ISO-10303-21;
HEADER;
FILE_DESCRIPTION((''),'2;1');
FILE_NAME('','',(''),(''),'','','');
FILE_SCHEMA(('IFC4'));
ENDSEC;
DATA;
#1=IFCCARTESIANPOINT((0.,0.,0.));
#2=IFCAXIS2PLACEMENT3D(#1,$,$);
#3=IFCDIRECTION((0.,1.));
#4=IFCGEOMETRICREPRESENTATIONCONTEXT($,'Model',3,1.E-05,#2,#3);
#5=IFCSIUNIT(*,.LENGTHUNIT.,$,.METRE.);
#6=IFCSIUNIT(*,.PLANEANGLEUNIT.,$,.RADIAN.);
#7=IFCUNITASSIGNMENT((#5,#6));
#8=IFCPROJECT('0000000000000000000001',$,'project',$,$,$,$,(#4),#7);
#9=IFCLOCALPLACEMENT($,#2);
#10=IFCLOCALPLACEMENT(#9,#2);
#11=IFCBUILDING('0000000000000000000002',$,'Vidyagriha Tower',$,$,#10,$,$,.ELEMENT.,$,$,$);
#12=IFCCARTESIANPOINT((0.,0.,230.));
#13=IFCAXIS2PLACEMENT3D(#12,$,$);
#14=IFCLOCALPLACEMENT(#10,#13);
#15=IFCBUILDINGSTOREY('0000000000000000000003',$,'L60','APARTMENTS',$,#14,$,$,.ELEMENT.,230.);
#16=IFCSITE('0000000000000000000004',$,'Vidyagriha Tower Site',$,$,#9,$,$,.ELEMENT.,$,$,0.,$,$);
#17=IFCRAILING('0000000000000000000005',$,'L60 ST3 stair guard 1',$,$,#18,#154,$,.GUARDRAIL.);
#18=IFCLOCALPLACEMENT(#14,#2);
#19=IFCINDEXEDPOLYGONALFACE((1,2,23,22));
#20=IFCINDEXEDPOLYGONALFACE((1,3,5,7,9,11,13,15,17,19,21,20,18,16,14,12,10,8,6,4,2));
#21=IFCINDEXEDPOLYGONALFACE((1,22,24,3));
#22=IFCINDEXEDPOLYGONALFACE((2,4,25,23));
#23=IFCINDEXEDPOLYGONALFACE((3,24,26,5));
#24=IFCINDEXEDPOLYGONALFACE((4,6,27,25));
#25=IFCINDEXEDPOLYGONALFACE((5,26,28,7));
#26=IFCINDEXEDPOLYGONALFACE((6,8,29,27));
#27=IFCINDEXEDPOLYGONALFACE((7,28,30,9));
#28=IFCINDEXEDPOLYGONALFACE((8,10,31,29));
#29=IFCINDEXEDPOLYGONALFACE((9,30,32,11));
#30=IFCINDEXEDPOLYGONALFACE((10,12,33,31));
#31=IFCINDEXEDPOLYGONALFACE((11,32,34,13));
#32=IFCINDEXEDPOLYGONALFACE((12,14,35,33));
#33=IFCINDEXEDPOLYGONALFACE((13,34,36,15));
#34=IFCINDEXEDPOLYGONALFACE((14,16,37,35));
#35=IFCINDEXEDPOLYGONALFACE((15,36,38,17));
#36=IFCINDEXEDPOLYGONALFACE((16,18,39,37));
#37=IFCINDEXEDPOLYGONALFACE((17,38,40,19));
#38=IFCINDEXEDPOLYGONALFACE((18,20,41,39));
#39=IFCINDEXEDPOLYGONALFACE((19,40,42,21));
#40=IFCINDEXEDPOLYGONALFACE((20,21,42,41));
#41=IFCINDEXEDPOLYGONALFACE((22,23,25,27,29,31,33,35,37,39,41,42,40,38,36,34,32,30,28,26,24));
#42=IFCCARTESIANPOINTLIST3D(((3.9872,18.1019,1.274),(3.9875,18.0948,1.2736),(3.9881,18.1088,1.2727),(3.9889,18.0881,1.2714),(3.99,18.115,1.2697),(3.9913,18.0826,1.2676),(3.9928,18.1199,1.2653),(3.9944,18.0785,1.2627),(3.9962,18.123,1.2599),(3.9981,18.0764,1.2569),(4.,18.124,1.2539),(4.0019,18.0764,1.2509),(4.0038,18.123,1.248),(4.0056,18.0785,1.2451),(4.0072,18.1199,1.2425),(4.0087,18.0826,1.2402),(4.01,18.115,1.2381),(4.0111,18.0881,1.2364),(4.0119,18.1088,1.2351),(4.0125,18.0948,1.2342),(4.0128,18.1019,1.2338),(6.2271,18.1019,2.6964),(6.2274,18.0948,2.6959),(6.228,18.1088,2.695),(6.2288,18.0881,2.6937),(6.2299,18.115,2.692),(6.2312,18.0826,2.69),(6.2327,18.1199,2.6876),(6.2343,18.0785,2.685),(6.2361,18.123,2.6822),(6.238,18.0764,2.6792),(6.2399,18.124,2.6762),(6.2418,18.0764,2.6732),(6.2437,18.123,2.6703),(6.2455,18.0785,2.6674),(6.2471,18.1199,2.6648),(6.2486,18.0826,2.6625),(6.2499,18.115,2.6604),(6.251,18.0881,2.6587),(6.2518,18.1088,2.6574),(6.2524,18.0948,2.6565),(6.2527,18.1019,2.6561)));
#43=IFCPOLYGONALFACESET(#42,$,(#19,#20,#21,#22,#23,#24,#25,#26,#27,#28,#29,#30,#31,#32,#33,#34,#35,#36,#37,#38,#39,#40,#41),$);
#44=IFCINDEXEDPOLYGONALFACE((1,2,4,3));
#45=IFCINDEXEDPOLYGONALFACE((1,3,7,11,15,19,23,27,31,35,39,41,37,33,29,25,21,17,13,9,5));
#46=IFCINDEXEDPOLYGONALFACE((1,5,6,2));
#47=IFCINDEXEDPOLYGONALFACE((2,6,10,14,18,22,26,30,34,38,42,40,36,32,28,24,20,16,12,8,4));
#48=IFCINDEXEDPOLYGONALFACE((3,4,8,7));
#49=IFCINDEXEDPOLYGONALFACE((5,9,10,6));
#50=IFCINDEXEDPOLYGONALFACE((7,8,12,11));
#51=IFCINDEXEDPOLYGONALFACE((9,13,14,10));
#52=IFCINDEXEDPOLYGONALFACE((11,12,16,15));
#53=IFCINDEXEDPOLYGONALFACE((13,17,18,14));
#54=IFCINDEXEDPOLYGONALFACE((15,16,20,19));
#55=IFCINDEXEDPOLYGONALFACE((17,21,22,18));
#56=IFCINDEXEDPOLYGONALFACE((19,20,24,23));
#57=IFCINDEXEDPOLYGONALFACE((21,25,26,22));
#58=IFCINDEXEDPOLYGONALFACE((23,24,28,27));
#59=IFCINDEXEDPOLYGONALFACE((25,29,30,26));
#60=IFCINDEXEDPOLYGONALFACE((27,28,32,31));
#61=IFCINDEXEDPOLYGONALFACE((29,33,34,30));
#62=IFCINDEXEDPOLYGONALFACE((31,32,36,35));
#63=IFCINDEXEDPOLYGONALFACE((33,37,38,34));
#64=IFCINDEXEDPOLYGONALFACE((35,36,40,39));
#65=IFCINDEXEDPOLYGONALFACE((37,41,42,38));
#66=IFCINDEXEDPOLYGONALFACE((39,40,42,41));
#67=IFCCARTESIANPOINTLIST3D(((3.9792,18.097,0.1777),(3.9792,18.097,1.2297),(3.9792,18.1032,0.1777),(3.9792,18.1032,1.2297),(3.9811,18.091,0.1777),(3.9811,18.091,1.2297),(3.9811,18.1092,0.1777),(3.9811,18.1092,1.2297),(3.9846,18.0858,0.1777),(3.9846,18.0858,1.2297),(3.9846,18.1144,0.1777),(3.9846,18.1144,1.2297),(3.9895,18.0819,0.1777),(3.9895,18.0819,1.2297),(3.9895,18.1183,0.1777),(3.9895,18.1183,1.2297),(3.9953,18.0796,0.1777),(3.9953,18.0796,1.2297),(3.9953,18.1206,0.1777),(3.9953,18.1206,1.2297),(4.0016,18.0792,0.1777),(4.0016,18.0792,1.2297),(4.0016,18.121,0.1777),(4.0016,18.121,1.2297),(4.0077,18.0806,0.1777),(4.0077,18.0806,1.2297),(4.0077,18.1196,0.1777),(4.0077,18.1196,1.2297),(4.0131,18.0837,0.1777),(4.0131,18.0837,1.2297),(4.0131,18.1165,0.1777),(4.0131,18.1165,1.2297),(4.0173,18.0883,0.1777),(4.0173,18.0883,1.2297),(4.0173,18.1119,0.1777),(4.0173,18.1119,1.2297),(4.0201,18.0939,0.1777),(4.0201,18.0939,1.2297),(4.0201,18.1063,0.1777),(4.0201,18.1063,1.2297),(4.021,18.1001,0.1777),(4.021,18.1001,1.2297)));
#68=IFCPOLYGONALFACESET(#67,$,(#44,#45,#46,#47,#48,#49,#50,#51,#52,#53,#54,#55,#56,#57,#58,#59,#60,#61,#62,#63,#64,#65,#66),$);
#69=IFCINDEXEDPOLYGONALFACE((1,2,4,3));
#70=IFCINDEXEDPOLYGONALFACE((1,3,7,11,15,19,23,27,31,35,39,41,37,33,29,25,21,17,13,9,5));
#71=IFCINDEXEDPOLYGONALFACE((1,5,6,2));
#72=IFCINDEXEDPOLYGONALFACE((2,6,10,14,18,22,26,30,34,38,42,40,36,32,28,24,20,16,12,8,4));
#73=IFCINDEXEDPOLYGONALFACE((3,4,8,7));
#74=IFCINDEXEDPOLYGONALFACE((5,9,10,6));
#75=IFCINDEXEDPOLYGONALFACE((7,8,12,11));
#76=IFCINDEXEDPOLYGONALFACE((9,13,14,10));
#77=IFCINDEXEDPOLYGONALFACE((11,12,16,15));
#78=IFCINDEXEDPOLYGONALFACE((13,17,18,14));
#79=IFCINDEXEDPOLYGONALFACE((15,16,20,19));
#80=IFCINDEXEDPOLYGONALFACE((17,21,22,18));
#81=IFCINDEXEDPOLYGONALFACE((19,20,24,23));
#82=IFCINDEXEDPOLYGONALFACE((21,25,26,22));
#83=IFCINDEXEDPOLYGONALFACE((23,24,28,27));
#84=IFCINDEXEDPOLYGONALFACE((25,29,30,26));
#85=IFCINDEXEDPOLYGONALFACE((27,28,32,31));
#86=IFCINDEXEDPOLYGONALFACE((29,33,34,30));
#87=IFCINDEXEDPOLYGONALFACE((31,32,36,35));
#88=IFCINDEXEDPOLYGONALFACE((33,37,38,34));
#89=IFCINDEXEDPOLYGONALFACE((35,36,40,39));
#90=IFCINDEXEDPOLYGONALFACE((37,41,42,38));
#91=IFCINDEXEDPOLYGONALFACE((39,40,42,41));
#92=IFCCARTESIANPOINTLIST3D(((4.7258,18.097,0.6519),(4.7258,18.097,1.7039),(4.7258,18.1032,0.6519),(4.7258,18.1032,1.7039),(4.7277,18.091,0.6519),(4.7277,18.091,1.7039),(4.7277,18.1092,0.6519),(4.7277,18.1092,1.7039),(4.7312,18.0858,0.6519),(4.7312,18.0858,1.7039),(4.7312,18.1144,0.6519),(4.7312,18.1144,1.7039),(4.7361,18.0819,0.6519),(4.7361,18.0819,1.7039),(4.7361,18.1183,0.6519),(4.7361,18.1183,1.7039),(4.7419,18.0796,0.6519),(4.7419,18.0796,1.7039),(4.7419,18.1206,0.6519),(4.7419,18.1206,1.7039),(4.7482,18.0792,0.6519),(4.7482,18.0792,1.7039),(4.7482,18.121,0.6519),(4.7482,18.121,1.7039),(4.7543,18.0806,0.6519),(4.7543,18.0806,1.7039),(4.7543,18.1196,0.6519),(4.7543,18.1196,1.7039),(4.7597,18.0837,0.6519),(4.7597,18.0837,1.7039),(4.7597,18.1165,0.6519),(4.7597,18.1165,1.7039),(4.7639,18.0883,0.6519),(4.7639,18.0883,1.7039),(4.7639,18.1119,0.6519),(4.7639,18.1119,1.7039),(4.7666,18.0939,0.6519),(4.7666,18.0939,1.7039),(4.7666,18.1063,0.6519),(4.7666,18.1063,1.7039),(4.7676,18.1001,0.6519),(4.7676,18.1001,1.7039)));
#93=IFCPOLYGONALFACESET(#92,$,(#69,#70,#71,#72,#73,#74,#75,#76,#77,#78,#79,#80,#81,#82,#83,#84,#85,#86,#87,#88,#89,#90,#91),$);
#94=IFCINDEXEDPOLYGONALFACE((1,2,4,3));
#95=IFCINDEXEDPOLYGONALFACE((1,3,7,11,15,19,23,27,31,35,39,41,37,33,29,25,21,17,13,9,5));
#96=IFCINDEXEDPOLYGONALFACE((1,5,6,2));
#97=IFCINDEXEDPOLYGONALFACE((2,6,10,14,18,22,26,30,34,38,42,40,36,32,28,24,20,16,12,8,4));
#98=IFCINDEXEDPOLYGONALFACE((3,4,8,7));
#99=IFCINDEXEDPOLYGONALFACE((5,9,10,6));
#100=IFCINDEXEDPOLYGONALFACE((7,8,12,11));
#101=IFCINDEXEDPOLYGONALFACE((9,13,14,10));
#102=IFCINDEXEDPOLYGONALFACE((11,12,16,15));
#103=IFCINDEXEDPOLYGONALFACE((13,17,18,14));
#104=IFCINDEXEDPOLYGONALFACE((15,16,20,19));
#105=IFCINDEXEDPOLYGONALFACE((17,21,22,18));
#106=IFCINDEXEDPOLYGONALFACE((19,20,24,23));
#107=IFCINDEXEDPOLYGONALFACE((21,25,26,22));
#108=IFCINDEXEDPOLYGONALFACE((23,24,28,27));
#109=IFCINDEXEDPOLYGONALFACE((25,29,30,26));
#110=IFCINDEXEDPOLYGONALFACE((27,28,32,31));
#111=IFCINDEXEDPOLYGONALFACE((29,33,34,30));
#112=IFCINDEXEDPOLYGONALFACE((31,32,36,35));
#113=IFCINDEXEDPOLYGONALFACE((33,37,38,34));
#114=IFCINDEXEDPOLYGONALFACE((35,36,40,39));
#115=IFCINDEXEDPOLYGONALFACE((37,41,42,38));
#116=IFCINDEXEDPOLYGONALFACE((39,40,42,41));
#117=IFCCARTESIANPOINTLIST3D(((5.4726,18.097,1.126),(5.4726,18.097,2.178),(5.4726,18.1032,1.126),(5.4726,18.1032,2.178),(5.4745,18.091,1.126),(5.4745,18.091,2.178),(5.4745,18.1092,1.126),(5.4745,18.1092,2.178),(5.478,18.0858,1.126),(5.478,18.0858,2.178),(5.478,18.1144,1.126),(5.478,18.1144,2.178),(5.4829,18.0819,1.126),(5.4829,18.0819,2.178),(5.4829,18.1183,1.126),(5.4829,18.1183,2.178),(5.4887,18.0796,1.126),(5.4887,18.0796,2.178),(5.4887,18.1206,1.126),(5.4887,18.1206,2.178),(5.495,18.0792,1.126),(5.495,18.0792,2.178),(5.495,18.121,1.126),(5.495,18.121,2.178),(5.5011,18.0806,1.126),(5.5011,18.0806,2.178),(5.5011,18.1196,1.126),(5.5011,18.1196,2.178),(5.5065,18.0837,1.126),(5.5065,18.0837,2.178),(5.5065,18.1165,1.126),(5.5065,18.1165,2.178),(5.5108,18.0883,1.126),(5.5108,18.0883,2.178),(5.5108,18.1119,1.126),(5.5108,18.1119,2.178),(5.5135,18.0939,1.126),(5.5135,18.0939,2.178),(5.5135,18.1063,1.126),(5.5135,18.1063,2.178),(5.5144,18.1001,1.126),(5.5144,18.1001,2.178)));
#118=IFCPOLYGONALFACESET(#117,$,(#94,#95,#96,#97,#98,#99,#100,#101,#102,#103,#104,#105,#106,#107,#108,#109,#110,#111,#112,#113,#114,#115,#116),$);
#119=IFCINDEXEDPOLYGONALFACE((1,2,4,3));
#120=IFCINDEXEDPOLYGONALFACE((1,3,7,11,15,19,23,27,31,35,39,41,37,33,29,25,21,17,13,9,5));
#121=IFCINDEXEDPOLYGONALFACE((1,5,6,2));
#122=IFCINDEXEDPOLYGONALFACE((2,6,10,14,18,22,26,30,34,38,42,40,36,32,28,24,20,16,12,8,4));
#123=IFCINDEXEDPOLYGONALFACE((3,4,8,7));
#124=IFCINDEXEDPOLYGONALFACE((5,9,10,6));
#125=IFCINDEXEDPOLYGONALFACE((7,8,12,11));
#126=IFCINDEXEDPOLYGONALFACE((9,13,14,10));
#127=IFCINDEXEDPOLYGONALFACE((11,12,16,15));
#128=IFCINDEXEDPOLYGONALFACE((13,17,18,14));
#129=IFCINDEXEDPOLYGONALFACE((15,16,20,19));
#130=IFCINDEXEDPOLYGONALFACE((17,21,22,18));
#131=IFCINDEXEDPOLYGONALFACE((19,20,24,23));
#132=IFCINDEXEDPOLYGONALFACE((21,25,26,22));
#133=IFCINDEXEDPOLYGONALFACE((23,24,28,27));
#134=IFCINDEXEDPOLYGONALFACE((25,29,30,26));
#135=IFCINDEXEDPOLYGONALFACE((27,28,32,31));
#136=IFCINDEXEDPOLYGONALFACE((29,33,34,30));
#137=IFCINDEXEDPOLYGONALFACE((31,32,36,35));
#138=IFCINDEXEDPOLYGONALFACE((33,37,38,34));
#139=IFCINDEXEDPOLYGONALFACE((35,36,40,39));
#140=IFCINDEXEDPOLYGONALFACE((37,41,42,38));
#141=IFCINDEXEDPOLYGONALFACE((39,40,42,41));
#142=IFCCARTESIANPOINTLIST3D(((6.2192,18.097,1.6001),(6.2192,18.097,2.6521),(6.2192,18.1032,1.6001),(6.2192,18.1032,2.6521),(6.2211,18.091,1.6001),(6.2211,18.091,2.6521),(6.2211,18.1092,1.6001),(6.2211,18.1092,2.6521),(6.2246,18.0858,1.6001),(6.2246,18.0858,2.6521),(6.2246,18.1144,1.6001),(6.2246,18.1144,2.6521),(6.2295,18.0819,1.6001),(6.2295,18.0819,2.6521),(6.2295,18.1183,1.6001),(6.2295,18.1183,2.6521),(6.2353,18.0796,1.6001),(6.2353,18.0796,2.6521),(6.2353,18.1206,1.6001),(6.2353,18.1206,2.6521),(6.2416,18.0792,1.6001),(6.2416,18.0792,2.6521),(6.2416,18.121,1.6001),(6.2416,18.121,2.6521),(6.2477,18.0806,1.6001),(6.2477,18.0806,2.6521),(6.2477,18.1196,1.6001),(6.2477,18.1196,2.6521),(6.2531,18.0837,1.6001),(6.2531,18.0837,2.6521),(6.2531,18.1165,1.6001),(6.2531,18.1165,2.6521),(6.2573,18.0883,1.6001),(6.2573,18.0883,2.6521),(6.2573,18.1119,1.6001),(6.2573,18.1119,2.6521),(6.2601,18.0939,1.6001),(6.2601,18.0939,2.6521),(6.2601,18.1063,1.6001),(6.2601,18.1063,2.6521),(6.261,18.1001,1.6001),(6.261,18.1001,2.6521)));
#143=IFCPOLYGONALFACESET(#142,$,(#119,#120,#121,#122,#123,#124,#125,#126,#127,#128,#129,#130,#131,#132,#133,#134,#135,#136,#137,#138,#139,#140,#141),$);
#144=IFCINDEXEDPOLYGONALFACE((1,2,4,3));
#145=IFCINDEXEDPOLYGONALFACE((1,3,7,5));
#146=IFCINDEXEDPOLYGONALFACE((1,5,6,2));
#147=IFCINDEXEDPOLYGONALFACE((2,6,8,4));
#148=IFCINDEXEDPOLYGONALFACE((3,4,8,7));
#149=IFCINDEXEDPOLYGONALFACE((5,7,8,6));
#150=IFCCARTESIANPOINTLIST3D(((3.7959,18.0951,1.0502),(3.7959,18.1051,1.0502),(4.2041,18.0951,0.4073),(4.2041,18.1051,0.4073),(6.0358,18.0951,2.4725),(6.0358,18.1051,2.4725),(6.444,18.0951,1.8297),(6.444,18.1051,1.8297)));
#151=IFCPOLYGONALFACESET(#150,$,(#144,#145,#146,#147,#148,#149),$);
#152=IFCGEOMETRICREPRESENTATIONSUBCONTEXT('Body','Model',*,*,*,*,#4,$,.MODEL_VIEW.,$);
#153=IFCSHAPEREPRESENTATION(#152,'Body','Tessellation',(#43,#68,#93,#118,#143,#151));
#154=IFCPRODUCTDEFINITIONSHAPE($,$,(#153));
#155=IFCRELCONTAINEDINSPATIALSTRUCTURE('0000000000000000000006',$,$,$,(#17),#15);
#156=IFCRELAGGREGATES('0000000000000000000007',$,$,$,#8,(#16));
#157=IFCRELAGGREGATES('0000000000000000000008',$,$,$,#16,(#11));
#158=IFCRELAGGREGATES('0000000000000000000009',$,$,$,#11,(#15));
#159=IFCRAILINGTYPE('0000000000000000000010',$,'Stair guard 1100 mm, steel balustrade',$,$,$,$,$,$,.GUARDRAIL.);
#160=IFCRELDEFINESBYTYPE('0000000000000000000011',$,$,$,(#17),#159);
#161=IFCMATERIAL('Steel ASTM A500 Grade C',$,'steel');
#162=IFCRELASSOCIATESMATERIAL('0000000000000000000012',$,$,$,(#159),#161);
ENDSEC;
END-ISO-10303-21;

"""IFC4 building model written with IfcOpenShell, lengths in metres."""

from ifc_helpers import new_model, si_unit, direction, frame, origin, origin_2d, place, context, subcontext, project, spatial, rectangle, circle, extrude, material, type_object, element, save


model = new_model("IFC4")

# Units and contexts
model_context = context("Model", 3, precision=1e-05, world=origin(), true_north=direction((0.0, 1.0)))
body_context = subcontext(model_context, "Body", "Model", "MODEL_VIEW")
ifc_project = project(units=[si_unit("LENGTHUNIT", "METRE"), si_unit("PLANEANGLEUNIT", "RADIAN")], contexts=[model_context])

# Site, building, storey
site_placement = place(None, origin())
site = spatial("IfcSite", under=ifc_project, at=site_placement, Name="Vidyagriha Tower Site", CompositionType="ELEMENT", RefElevation=0.0)
building_placement = place(site_placement, origin())
building = spatial("IfcBuilding", under=site, at=building_placement, Name="Vidyagriha Tower", CompositionType="ELEMENT")
storey_placement = place(building_placement, frame((0.0, 0.0, 230.0)))
storey = spatial("IfcBuildingStorey", under=building, at=storey_placement, Name="L60", Description="APARTMENTS", CompositionType="ELEMENT", Elevation=230.0)

# Railing
ifc_material_1 = material(Name="Steel ASTM A500 Grade C", Category="steel")
railing_type_1 = type_object("IfcRailingType", Name="Stair guard 1100 mm, steel balustrade", PredefinedType="GUARDRAIL", material=ifc_material_1)
railing_1_placement = place(storey_placement, frame((4.0, 18.1001, 0.1777)))
element("IfcRailing", 1, at=railing_1_placement, inside=storey, type_object=railing_type_1, Name="L60 ST3 stair guard 1", PredefinedType="GUARDRAIL", context=body_context, shape_type="SweptSolid", body=[
    extrude(circle(Radius=0.0239, at=origin_2d()), frame((0.0, 0.0, 1.0762), z_axis=(0.844188, 0.0, 0.536048), x_axis=(0.0, 1.0, 0.0)), (0.0, 0.0, 1.0), 2.6533),
    extrude(circle(Radius=0.021, at=origin_2d()), origin(), (0.0, 0.0, 1.0), 1.052),
    extrude(circle(Radius=0.021, at=origin_2d()), frame((0.7466, 0.0, 0.4741)), (0.0, 0.0, 1.0), 1.052),
    extrude(circle(Radius=0.021, at=origin_2d()), frame((1.4934, 0.0, 0.9482)), (0.0, 0.0, 1.0), 1.052),
    extrude(circle(Radius=0.021, at=origin_2d()), frame((2.24, 0.0, 1.4224)), (0.0, 0.0, 1.0), 1.052),
    extrude(rectangle(XDim=0.01, YDim=0.7615, at=origin_2d()), frame((0.0, 0.0, 0.551), z_axis=(0.844188, 0.0, 0.536048), x_axis=(0.0, 1.0, 0.0)), (0.0, 0.0, 1.0), 2.6533),
])

save(model, "model.ifc")
